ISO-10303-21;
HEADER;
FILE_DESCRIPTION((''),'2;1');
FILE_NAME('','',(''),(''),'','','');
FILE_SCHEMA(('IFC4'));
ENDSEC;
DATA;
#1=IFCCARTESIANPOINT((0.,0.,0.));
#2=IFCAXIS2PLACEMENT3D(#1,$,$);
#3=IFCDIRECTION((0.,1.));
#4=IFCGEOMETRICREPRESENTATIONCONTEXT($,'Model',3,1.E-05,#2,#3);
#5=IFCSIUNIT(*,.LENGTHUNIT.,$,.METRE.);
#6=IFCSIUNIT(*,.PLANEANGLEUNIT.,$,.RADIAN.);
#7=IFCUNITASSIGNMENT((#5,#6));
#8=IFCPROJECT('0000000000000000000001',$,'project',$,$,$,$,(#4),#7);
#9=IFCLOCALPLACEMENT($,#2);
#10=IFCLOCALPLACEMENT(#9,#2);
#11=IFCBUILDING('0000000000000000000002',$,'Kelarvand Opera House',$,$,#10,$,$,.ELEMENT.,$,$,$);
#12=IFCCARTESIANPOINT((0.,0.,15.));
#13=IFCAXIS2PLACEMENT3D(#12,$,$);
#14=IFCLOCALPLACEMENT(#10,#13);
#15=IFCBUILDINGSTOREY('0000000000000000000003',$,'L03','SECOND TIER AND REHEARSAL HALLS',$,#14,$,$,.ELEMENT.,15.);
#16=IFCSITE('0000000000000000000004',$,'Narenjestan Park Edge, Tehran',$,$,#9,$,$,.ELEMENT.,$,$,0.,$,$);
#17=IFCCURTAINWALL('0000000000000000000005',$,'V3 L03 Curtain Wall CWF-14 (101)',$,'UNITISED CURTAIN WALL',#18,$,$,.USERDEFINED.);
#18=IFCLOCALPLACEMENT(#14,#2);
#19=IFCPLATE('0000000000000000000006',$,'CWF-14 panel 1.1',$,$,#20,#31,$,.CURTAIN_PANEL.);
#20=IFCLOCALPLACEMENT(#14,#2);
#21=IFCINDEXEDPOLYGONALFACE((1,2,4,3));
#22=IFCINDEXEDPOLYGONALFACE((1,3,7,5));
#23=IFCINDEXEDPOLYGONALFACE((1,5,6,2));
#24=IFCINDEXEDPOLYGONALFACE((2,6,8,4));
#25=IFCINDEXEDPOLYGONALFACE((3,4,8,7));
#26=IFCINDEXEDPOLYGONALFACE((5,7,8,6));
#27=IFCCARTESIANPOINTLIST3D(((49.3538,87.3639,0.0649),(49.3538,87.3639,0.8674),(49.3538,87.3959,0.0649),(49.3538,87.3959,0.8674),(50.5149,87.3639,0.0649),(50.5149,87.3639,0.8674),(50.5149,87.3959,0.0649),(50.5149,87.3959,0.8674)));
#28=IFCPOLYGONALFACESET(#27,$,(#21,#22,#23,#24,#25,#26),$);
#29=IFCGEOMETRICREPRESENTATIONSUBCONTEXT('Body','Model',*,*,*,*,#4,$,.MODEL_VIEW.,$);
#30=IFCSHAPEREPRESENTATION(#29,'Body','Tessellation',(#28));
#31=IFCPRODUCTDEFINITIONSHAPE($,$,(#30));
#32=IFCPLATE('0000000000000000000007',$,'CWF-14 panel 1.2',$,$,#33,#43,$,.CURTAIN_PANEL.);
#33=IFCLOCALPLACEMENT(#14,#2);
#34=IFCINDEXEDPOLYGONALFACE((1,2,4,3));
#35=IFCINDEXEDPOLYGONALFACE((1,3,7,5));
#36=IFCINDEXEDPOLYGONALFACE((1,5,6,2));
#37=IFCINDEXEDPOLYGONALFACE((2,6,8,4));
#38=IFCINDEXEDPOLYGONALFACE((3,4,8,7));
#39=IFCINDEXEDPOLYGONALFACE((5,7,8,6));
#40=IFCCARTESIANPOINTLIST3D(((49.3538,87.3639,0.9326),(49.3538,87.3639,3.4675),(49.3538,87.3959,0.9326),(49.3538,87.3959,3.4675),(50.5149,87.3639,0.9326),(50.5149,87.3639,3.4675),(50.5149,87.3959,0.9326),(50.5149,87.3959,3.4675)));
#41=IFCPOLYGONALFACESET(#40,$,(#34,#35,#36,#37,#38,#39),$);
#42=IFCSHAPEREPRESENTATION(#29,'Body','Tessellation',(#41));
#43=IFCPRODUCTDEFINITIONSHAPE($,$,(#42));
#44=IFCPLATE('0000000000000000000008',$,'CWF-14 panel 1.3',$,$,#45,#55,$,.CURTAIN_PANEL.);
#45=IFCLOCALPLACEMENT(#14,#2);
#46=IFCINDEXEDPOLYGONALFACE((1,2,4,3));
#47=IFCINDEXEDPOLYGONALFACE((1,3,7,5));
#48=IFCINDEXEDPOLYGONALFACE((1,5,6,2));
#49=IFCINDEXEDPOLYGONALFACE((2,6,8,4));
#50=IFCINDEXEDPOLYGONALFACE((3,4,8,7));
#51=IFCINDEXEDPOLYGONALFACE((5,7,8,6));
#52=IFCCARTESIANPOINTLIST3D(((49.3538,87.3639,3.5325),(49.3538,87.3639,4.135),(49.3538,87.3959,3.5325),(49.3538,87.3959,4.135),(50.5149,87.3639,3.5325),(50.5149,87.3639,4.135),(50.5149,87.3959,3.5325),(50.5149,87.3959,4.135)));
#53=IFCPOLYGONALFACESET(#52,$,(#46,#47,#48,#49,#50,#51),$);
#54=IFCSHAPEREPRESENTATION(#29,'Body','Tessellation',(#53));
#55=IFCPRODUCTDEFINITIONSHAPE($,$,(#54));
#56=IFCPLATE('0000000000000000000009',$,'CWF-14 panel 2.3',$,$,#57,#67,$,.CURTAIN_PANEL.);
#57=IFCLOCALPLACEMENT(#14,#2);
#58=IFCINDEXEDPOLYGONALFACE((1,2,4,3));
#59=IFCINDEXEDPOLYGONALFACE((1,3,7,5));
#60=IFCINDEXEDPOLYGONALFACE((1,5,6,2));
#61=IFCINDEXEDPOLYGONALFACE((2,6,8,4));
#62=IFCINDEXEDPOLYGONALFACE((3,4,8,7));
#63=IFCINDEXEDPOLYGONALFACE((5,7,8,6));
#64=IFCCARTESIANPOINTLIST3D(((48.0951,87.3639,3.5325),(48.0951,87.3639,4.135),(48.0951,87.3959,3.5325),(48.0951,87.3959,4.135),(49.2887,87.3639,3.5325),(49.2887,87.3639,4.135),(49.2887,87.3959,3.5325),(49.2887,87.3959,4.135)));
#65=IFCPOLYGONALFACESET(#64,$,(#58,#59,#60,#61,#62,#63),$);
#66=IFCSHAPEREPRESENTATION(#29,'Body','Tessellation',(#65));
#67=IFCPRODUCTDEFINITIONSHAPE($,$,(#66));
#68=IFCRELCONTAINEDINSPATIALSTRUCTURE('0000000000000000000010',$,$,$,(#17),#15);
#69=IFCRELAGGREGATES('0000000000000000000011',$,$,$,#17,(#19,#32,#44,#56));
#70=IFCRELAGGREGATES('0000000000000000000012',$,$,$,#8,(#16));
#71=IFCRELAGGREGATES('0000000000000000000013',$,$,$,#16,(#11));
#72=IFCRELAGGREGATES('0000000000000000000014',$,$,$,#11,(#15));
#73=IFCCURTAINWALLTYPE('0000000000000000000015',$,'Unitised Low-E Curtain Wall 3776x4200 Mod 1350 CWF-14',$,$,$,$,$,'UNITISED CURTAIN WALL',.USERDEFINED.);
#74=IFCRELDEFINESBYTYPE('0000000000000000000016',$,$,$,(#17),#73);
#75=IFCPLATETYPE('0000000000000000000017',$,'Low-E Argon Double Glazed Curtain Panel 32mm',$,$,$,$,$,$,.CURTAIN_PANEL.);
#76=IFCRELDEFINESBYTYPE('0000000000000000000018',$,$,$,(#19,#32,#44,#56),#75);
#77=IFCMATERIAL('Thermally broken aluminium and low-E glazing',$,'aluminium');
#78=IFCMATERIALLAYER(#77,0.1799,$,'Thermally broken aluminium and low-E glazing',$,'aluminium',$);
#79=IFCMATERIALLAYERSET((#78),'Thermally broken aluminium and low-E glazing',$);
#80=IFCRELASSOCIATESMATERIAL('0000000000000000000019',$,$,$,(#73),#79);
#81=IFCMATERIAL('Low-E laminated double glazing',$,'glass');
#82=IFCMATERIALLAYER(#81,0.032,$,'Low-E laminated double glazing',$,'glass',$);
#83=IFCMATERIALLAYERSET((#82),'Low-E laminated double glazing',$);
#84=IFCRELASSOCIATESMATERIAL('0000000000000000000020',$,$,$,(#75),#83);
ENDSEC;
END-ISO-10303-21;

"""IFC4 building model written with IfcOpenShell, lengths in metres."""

from ifc_helpers import new_model, si_unit, direction, frame, origin, origin_2d, place, context, subcontext, project, spatial, rectangle, extrude, material, layer, layer_set, type_object, element, aggregate, save


model = new_model("IFC4")

# Units and contexts
model_context = context("Model", 3, precision=1e-05, world=origin(), true_north=direction((0.0, 1.0)))
body_context = subcontext(model_context, "Body", "Model", "MODEL_VIEW")
ifc_project = project(units=[si_unit("LENGTHUNIT", "METRE"), si_unit("PLANEANGLEUNIT", "RADIAN")], contexts=[model_context])

# Site, building, storey
site_placement = place(None, origin())
site = spatial("IfcSite", under=ifc_project, at=site_placement, Name="Narenjestan Park Edge, Tehran", CompositionType="ELEMENT", RefElevation=0.0)
building_placement = place(site_placement, origin())
building = spatial("IfcBuilding", under=site, at=building_placement, Name="Kelarvand Opera House", CompositionType="ELEMENT")
storey_placement = place(building_placement, frame((0.0, 0.0, 15.0)))
storey = spatial("IfcBuildingStorey", under=building, at=storey_placement, Name="L03", Description="SECOND TIER AND REHEARSAL HALLS", CompositionType="ELEMENT", Elevation=15.0)

# Curtain wall
ifc_material_1 = material(Name="Thermally broken aluminium and low-E glazing", Category="aluminium")
ifc_layer_1 = layer(ifc_material_1, 0.1799, Name="Thermally broken aluminium and low-E glazing", Category="aluminium")
ifc_layer_set_1 = layer_set([ifc_layer_1], Name="Thermally broken aluminium and low-E glazing")
curtain_wall_type_1 = type_object("IfcCurtainWallType", Name="Unitised Low-E Curtain Wall 3776x4200 Mod 1350 CWF-14", ElementType="UNITISED CURTAIN WALL", PredefinedType="USERDEFINED", material=ifc_layer_set_1)
curtain_wall_1_placement = place(storey_placement, origin())
curtain_wall_1 = element("IfcCurtainWall", 1, at=curtain_wall_1_placement, inside=storey, type_object=curtain_wall_type_1, Name="V3 L03 Curtain Wall CWF-14 (101)", ObjectType="UNITISED CURTAIN WALL", PredefinedType="USERDEFINED")

# Plates
ifc_material_2 = material(Name="Low-E laminated double glazing", Category="glass")
ifc_layer_2 = layer(ifc_material_2, 0.032, Name="Low-E laminated double glazing", Category="glass")
ifc_layer_set_2 = layer_set([ifc_layer_2], Name="Low-E laminated double glazing")
plate_type = type_object("IfcPlateType", Name="Low-E Argon Double Glazed Curtain Panel 32mm", PredefinedType="CURTAIN_PANEL", material=ifc_layer_set_2)
plate_1_placement = place(storey_placement, frame((49.9343, 87.3799, 0.0649), z_axis=(0.0, 0.0, 1.0), x_axis=(-1.0, 0.0, 0.0)))
plate_1 = element("IfcPlate", 2, at=plate_1_placement, type_object=plate_type, Name="CWF-14 panel 1.1", PredefinedType="CURTAIN_PANEL", context=body_context, shape_type="SweptSolid", body=[
    extrude(rectangle(XDim=1.1611, YDim=0.032, at=origin_2d()), origin(), (0.0, 0.0, 1.0), 0.8025),
])
plate_2_placement = place(storey_placement, frame((49.9343, 87.3799, 0.9326), z_axis=(0.0, 0.0, 1.0), x_axis=(-1.0, 0.0, 0.0)))
plate_2 = element("IfcPlate", 3, at=plate_2_placement, type_object=plate_type, Name="CWF-14 panel 1.2", PredefinedType="CURTAIN_PANEL", context=body_context, shape_type="SweptSolid", body=[
    extrude(rectangle(XDim=1.1611, YDim=0.032, at=origin_2d()), origin(), (0.0, 0.0, 1.0), 2.5349),
])
plate_3_placement = place(storey_placement, frame((49.9343, 87.3799, 3.5325), z_axis=(0.0, 0.0, 1.0), x_axis=(-1.0, 0.0, 0.0)))
plate_3 = element("IfcPlate", 4, at=plate_3_placement, type_object=plate_type, Name="CWF-14 panel 1.3", PredefinedType="CURTAIN_PANEL", context=body_context, shape_type="SweptSolid", body=[
    extrude(rectangle(XDim=1.1611, YDim=0.032, at=origin_2d()), origin(), (0.0, 0.0, 1.0), 0.6025),
])
plate_4_placement = place(storey_placement, frame((48.6919, 87.3799, 3.5325), z_axis=(0.0, 0.0, 1.0), x_axis=(-1.0, 0.0, 0.0)))
plate_4 = element("IfcPlate", 5, at=plate_4_placement, type_object=plate_type, Name="CWF-14 panel 2.3", PredefinedType="CURTAIN_PANEL", context=body_context, shape_type="SweptSolid", body=[
    extrude(rectangle(XDim=1.1936, YDim=0.032, at=origin_2d()), origin(), (0.0, 0.0, 1.0), 0.6025),
])
aggregate(curtain_wall_1, [plate_1, plate_2, plate_3, plate_4])

save(model, "model.ifc")
